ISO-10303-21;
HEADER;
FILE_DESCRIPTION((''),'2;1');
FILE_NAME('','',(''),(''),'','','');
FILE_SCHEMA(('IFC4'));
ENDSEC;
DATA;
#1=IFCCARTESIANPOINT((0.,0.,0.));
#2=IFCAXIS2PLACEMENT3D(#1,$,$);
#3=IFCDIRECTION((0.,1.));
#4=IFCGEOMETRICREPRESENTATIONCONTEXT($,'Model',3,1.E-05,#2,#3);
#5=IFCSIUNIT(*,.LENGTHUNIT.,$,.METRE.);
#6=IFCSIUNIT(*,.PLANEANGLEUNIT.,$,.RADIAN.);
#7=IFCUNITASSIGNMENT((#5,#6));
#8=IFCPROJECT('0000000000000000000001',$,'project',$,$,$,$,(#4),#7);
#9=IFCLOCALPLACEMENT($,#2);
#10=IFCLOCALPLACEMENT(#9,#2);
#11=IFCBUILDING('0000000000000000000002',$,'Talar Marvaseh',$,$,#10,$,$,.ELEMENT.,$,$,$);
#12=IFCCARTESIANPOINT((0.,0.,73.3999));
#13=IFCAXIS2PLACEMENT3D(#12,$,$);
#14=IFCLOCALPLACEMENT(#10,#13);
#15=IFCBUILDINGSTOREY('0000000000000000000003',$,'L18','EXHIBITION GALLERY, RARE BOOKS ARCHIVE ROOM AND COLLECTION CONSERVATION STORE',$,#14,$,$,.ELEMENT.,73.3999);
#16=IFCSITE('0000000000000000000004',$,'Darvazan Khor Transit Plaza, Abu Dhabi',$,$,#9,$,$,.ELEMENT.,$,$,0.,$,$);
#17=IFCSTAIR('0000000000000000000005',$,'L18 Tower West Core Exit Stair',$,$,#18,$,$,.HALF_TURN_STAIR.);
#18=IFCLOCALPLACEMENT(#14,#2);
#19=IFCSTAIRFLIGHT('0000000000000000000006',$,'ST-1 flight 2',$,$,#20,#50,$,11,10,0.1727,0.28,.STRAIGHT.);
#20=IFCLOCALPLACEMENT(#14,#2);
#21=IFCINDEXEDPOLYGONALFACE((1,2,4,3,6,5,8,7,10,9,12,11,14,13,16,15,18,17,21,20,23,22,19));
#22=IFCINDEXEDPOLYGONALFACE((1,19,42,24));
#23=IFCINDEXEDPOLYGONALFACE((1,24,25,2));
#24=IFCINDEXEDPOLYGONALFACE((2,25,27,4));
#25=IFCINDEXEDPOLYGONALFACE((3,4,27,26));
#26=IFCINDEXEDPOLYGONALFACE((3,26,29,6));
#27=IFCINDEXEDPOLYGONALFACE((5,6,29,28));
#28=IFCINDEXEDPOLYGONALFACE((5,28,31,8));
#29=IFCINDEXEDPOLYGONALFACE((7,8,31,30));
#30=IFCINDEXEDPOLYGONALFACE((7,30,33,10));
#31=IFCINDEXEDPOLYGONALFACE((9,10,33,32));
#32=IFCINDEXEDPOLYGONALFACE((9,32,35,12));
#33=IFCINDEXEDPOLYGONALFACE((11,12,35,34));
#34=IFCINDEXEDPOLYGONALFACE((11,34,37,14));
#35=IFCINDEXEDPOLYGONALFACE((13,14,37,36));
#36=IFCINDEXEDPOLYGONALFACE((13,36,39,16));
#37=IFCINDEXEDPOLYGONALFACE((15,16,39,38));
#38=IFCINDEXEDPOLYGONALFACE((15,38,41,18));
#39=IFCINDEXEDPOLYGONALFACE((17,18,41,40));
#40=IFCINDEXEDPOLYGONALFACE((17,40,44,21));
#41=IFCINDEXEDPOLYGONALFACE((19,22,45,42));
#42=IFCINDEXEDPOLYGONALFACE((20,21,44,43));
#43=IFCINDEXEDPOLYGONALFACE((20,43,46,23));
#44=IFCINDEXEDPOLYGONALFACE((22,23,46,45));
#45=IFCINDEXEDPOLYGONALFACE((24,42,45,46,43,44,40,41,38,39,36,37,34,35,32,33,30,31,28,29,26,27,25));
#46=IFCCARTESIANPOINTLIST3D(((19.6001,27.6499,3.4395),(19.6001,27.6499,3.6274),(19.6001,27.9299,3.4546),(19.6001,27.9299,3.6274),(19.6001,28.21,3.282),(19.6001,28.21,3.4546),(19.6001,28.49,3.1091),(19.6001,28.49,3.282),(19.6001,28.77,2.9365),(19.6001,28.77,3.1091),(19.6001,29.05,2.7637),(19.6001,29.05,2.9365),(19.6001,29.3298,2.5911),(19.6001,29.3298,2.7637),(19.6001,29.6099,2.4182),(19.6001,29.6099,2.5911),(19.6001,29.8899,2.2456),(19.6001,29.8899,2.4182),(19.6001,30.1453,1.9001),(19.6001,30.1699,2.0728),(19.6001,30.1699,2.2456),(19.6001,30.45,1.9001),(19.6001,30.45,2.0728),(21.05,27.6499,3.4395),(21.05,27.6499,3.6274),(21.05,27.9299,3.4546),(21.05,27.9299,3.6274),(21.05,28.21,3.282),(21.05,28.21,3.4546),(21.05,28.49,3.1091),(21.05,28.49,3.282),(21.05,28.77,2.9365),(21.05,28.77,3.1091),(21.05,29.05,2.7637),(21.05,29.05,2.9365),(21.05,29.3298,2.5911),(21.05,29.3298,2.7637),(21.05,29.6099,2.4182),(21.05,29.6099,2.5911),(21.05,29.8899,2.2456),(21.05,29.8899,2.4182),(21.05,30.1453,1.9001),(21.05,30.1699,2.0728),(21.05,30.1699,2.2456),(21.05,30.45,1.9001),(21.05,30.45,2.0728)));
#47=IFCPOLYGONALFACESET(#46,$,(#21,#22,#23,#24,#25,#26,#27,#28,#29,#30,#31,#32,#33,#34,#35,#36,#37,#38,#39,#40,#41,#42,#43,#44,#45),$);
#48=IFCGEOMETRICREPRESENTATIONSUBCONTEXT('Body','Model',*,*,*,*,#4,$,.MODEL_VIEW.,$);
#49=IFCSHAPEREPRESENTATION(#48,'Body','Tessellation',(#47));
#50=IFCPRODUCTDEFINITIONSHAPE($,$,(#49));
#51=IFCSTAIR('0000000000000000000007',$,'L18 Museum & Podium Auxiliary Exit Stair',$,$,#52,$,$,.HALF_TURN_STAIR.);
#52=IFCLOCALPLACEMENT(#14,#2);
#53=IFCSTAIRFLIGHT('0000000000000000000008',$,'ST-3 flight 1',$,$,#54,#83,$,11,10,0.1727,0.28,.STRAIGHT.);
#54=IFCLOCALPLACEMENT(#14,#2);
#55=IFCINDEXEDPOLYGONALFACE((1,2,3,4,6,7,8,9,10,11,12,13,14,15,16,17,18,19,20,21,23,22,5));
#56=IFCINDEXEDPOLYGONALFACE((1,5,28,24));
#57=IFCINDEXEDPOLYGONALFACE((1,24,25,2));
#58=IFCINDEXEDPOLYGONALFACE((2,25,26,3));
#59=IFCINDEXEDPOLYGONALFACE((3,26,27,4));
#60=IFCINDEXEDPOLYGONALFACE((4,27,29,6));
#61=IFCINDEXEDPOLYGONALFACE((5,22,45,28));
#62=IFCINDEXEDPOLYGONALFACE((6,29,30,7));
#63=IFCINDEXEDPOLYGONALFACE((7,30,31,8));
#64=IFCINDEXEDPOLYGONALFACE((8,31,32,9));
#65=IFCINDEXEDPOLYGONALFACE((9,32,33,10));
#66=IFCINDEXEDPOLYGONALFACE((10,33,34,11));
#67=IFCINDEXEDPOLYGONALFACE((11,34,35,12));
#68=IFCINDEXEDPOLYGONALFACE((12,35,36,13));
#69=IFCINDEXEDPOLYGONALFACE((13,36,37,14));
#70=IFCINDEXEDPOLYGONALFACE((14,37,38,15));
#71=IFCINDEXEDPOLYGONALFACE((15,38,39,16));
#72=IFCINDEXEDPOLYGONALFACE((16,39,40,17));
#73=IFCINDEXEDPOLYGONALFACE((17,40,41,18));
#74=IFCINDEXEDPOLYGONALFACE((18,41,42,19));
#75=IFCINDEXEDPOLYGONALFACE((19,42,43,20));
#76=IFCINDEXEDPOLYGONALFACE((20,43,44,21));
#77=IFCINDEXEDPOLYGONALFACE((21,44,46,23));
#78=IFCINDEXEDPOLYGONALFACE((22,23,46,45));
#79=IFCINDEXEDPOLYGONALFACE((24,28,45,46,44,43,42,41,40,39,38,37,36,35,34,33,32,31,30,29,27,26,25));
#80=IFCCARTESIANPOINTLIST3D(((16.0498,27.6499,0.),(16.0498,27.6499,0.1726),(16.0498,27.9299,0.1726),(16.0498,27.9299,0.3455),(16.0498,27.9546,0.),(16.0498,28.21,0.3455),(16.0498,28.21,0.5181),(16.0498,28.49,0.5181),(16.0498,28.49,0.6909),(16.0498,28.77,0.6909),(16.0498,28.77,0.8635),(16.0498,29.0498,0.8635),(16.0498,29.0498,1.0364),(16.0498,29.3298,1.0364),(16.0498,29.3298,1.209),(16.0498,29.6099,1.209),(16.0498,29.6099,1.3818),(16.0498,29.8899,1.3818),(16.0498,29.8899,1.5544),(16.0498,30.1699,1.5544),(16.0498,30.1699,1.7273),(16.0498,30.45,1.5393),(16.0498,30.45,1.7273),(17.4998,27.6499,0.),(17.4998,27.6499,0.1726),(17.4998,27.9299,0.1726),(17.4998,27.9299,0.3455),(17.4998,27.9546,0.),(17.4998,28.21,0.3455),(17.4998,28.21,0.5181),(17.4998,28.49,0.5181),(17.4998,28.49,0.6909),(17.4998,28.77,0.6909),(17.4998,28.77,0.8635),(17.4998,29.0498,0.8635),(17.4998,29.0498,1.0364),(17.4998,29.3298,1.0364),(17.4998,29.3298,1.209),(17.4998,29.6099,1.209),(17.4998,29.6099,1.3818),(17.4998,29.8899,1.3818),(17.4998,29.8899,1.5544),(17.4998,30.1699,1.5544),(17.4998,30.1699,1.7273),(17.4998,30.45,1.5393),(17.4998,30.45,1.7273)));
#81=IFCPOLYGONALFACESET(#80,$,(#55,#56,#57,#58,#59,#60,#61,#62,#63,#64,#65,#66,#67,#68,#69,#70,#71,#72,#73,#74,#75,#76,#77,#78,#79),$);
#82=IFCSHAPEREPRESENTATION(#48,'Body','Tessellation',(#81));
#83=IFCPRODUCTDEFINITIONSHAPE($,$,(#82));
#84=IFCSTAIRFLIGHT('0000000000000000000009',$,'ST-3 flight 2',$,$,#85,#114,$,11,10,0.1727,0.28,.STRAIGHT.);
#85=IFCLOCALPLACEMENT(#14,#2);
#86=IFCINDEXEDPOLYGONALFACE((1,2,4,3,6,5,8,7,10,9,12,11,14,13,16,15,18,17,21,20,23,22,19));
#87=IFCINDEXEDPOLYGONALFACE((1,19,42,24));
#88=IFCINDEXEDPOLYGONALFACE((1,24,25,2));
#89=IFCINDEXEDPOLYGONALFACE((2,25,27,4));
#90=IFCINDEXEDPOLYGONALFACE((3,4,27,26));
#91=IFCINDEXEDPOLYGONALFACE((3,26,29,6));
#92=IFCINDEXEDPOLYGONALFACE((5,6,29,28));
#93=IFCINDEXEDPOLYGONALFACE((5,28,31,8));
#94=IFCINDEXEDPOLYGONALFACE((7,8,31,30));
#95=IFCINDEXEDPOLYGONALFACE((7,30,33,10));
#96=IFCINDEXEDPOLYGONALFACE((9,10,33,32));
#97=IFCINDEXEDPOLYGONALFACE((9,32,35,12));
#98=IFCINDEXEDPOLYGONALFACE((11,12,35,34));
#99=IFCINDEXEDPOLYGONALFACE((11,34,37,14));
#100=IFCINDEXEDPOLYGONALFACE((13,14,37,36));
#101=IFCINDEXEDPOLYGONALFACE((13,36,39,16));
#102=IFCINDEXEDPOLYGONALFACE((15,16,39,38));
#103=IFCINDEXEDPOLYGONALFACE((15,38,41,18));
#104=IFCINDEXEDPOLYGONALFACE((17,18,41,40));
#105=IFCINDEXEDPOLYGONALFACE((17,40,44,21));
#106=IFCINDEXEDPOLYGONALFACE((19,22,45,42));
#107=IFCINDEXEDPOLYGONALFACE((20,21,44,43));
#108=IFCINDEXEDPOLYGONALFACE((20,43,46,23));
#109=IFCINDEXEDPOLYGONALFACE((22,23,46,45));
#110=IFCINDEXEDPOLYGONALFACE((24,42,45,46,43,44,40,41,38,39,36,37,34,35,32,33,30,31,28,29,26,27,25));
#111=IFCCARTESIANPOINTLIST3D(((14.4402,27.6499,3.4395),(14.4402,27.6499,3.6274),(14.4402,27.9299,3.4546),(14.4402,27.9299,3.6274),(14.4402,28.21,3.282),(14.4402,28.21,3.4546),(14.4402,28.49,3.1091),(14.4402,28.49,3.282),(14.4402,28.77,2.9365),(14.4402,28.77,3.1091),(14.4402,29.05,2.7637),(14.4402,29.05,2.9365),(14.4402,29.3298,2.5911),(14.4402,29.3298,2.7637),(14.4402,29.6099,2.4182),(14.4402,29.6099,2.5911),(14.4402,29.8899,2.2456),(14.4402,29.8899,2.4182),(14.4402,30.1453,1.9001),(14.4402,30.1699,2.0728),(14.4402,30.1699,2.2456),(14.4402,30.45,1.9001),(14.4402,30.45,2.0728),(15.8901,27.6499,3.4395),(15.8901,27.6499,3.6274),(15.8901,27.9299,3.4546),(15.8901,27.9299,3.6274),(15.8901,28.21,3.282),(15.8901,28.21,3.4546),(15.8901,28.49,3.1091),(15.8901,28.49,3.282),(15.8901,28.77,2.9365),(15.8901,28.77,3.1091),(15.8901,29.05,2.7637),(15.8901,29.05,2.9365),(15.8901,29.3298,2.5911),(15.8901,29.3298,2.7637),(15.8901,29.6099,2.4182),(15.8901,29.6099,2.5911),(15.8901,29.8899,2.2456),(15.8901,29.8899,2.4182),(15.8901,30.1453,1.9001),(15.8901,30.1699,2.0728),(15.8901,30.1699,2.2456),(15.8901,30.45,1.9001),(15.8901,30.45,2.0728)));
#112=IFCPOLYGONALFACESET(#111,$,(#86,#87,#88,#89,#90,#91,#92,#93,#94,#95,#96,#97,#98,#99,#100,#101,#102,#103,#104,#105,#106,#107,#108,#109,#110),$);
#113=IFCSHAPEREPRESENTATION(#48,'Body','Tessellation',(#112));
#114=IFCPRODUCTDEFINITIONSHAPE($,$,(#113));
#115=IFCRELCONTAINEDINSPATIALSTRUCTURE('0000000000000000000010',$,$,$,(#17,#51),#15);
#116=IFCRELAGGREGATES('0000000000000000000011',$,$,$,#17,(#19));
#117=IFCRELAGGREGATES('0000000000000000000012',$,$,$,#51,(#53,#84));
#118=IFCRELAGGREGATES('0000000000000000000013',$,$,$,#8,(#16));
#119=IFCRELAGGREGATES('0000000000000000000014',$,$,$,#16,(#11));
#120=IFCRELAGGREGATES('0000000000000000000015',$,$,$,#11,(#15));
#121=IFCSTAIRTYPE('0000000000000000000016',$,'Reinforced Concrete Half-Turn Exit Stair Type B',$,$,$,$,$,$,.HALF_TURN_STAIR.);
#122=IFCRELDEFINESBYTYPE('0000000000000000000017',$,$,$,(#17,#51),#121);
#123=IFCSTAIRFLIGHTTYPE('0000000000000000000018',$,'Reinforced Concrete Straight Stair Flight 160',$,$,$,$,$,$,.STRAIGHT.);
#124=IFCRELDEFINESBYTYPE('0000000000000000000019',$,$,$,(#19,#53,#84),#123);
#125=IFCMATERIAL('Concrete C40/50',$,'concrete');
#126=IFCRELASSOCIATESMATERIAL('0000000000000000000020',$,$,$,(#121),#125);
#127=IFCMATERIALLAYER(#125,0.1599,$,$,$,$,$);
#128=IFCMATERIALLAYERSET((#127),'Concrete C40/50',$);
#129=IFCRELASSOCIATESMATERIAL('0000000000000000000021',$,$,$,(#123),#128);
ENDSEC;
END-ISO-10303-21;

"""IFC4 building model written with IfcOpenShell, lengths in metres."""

from ifc_helpers import new_model, si_unit, direction, frame, origin, place, context, subcontext, project, spatial, polyline, outline, extrude, material, layer, layer_set, type_object, element, aggregate, save


model = new_model("IFC4")

# Units and contexts
model_context = context("Model", 3, precision=1e-05, world=origin(), true_north=direction((0.0, 1.0)))
body_context = subcontext(model_context, "Body", "Model", "MODEL_VIEW")
ifc_project = project(units=[si_unit("LENGTHUNIT", "METRE"), si_unit("PLANEANGLEUNIT", "RADIAN")], contexts=[model_context])

# Site, building, storey
site_placement = place(None, origin())
site = spatial("IfcSite", under=ifc_project, at=site_placement, Name="Darvazan Khor Transit Plaza, Abu Dhabi", CompositionType="ELEMENT", RefElevation=0.0)
building_placement = place(site_placement, origin())
building = spatial("IfcBuilding", under=site, at=building_placement, Name="Talar Marvaseh", CompositionType="ELEMENT")
storey_placement = place(building_placement, frame((0.0, 0.0, 73.3999)))
storey = spatial("IfcBuildingStorey", under=building, at=storey_placement, Name="L18", Description="EXHIBITION GALLERY, RARE BOOKS ARCHIVE ROOM AND COLLECTION CONSERVATION STORE", CompositionType="ELEMENT", Elevation=73.3999)

# Shared definitions
ifc_material_1 = material(Name="Concrete C40/50", Category="concrete")

# Stair, stair flight
stair_type = type_object("IfcStairType", Name="Reinforced Concrete Half-Turn Exit Stair Type B", PredefinedType="HALF_TURN_STAIR", material=ifc_material_1)
stair_1_placement = place(storey_placement, origin())
stair_1 = element("IfcStair", 1, at=stair_1_placement, inside=storey, type_object=stair_type, Name="L18 Tower West Core Exit Stair", PredefinedType="HALF_TURN_STAIR")
ifc_layer_1 = layer(ifc_material_1, 0.1599)
ifc_layer_set_1 = layer_set([ifc_layer_1], Name="Concrete C40/50")
stair_flight_type = type_object("IfcStairFlightType", Name="Reinforced Concrete Straight Stair Flight 160", PredefinedType="STRAIGHT", material=ifc_layer_set_1)
stair_flight_1_placement = place(storey_placement, frame((20.325, 30.45, 1.9001), z_axis=(0.0, 0.0, 1.0), x_axis=(0.0, -1.0, 0.0)))
stair_flight_1 = element("IfcStairFlight", 2, at=stair_flight_1_placement, type_object=stair_flight_type, Name="ST-1 flight 2", NumberOfRisers=11, NumberOfTreads=10, PredefinedType="STRAIGHT", RiserHeight=0.1727, TreadLength=0.28, context=body_context, shape_type="SweptSolid", body=[
    extrude(outline(polyline([(0.0, 0.0), (0.0, 0.1726), (0.28, 0.1726), (0.28, 0.3455), (0.5601, 0.3455), (0.5601, 0.5181), (0.8401, 0.5181), (0.8401, 0.6909), (1.1201, 0.6909), (1.1201, 0.8635), (1.3999, 0.8635), (1.3999, 1.0364), (1.6799, 1.0364), (1.6799, 1.209), (1.96, 1.209), (1.96, 1.3818), (2.24, 1.3818), (2.24, 1.5544), (2.52, 1.5544), (2.52, 1.7273), (2.8, 1.7273), (2.8, 1.8999), (2.8, 1.5393), (0.3047, 0.0), (0.0, 0.0)])), frame((0.0, 0.7251, 0.0), z_axis=(0.0, -1.0, 0.0), x_axis=(1.0, 0.0, 0.0)), (0.0, 0.0, 1.0), 1.45),
])
aggregate(stair_1, [stair_flight_1])

# Stair, stair flights
stair_2_placement = place(storey_placement, origin())
stair_2 = element("IfcStair", 3, at=stair_2_placement, inside=storey, type_object=stair_type, Name="L18 Museum & Podium Auxiliary Exit Stair", PredefinedType="HALF_TURN_STAIR")
stair_flight_2_placement = place(storey_placement, frame((16.7749, 27.6499, 0.0), z_axis=(0.0, 0.0, 1.0), x_axis=(0.0, 1.0, 0.0)))
stair_flight_2 = element("IfcStairFlight", 4, at=stair_flight_2_placement, type_object=stair_flight_type, Name="ST-3 flight 1", NumberOfRisers=11, NumberOfTreads=10, PredefinedType="STRAIGHT", RiserHeight=0.1727, TreadLength=0.28, context=body_context, shape_type="SweptSolid", body=[
    extrude(outline(polyline([(0.0, 0.0), (0.0, 0.1726), (0.28, 0.1726), (0.28, 0.3455), (0.5601, 0.3455), (0.5601, 0.5181), (0.8401, 0.5181), (0.8401, 0.6909), (1.1201, 0.6909), (1.1201, 0.8635), (1.3999, 0.8635), (1.3999, 1.0364), (1.6799, 1.0364), (1.6799, 1.209), (1.96, 1.209), (1.96, 1.3818), (2.24, 1.3818), (2.24, 1.5544), (2.52, 1.5544), (2.52, 1.7273), (2.8, 1.7273), (2.8, 1.8999), (2.8, 1.5393), (0.3047, 0.0), (0.0, 0.0)])), frame((0.0, 0.7251, 0.0), z_axis=(0.0, -1.0, 0.0), x_axis=(1.0, 0.0, 0.0)), (0.0, 0.0, 1.0), 1.45),
])
stair_flight_3_placement = place(storey_placement, frame((15.165, 30.45, 1.9001), z_axis=(0.0, 0.0, 1.0), x_axis=(0.0, -1.0, 0.0)))
stair_flight_3 = element("IfcStairFlight", 5, at=stair_flight_3_placement, type_object=stair_flight_type, Name="ST-3 flight 2", NumberOfRisers=11, NumberOfTreads=10, PredefinedType="STRAIGHT", RiserHeight=0.1727, TreadLength=0.28, context=body_context, shape_type="SweptSolid", body=[
    extrude(outline(polyline([(0.0, 0.0), (0.0, 0.1726), (0.28, 0.1726), (0.28, 0.3455), (0.5601, 0.3455), (0.5601, 0.5181), (0.8401, 0.5181), (0.8401, 0.6909), (1.1201, 0.6909), (1.1201, 0.8635), (1.3999, 0.8635), (1.3999, 1.0364), (1.6799, 1.0364), (1.6799, 1.209), (1.96, 1.209), (1.96, 1.3818), (2.24, 1.3818), (2.24, 1.5544), (2.52, 1.5544), (2.52, 1.7273), (2.8, 1.7273), (2.8, 1.8999), (2.8, 1.5393), (0.3047, 0.0), (0.0, 0.0)])), frame((0.0, 0.7251, 0.0), z_axis=(0.0, -1.0, 0.0), x_axis=(1.0, 0.0, 0.0)), (0.0, 0.0, 1.0), 1.45),
])
aggregate(stair_2, [stair_flight_2, stair_flight_3])

save(model, "model.ifc")
